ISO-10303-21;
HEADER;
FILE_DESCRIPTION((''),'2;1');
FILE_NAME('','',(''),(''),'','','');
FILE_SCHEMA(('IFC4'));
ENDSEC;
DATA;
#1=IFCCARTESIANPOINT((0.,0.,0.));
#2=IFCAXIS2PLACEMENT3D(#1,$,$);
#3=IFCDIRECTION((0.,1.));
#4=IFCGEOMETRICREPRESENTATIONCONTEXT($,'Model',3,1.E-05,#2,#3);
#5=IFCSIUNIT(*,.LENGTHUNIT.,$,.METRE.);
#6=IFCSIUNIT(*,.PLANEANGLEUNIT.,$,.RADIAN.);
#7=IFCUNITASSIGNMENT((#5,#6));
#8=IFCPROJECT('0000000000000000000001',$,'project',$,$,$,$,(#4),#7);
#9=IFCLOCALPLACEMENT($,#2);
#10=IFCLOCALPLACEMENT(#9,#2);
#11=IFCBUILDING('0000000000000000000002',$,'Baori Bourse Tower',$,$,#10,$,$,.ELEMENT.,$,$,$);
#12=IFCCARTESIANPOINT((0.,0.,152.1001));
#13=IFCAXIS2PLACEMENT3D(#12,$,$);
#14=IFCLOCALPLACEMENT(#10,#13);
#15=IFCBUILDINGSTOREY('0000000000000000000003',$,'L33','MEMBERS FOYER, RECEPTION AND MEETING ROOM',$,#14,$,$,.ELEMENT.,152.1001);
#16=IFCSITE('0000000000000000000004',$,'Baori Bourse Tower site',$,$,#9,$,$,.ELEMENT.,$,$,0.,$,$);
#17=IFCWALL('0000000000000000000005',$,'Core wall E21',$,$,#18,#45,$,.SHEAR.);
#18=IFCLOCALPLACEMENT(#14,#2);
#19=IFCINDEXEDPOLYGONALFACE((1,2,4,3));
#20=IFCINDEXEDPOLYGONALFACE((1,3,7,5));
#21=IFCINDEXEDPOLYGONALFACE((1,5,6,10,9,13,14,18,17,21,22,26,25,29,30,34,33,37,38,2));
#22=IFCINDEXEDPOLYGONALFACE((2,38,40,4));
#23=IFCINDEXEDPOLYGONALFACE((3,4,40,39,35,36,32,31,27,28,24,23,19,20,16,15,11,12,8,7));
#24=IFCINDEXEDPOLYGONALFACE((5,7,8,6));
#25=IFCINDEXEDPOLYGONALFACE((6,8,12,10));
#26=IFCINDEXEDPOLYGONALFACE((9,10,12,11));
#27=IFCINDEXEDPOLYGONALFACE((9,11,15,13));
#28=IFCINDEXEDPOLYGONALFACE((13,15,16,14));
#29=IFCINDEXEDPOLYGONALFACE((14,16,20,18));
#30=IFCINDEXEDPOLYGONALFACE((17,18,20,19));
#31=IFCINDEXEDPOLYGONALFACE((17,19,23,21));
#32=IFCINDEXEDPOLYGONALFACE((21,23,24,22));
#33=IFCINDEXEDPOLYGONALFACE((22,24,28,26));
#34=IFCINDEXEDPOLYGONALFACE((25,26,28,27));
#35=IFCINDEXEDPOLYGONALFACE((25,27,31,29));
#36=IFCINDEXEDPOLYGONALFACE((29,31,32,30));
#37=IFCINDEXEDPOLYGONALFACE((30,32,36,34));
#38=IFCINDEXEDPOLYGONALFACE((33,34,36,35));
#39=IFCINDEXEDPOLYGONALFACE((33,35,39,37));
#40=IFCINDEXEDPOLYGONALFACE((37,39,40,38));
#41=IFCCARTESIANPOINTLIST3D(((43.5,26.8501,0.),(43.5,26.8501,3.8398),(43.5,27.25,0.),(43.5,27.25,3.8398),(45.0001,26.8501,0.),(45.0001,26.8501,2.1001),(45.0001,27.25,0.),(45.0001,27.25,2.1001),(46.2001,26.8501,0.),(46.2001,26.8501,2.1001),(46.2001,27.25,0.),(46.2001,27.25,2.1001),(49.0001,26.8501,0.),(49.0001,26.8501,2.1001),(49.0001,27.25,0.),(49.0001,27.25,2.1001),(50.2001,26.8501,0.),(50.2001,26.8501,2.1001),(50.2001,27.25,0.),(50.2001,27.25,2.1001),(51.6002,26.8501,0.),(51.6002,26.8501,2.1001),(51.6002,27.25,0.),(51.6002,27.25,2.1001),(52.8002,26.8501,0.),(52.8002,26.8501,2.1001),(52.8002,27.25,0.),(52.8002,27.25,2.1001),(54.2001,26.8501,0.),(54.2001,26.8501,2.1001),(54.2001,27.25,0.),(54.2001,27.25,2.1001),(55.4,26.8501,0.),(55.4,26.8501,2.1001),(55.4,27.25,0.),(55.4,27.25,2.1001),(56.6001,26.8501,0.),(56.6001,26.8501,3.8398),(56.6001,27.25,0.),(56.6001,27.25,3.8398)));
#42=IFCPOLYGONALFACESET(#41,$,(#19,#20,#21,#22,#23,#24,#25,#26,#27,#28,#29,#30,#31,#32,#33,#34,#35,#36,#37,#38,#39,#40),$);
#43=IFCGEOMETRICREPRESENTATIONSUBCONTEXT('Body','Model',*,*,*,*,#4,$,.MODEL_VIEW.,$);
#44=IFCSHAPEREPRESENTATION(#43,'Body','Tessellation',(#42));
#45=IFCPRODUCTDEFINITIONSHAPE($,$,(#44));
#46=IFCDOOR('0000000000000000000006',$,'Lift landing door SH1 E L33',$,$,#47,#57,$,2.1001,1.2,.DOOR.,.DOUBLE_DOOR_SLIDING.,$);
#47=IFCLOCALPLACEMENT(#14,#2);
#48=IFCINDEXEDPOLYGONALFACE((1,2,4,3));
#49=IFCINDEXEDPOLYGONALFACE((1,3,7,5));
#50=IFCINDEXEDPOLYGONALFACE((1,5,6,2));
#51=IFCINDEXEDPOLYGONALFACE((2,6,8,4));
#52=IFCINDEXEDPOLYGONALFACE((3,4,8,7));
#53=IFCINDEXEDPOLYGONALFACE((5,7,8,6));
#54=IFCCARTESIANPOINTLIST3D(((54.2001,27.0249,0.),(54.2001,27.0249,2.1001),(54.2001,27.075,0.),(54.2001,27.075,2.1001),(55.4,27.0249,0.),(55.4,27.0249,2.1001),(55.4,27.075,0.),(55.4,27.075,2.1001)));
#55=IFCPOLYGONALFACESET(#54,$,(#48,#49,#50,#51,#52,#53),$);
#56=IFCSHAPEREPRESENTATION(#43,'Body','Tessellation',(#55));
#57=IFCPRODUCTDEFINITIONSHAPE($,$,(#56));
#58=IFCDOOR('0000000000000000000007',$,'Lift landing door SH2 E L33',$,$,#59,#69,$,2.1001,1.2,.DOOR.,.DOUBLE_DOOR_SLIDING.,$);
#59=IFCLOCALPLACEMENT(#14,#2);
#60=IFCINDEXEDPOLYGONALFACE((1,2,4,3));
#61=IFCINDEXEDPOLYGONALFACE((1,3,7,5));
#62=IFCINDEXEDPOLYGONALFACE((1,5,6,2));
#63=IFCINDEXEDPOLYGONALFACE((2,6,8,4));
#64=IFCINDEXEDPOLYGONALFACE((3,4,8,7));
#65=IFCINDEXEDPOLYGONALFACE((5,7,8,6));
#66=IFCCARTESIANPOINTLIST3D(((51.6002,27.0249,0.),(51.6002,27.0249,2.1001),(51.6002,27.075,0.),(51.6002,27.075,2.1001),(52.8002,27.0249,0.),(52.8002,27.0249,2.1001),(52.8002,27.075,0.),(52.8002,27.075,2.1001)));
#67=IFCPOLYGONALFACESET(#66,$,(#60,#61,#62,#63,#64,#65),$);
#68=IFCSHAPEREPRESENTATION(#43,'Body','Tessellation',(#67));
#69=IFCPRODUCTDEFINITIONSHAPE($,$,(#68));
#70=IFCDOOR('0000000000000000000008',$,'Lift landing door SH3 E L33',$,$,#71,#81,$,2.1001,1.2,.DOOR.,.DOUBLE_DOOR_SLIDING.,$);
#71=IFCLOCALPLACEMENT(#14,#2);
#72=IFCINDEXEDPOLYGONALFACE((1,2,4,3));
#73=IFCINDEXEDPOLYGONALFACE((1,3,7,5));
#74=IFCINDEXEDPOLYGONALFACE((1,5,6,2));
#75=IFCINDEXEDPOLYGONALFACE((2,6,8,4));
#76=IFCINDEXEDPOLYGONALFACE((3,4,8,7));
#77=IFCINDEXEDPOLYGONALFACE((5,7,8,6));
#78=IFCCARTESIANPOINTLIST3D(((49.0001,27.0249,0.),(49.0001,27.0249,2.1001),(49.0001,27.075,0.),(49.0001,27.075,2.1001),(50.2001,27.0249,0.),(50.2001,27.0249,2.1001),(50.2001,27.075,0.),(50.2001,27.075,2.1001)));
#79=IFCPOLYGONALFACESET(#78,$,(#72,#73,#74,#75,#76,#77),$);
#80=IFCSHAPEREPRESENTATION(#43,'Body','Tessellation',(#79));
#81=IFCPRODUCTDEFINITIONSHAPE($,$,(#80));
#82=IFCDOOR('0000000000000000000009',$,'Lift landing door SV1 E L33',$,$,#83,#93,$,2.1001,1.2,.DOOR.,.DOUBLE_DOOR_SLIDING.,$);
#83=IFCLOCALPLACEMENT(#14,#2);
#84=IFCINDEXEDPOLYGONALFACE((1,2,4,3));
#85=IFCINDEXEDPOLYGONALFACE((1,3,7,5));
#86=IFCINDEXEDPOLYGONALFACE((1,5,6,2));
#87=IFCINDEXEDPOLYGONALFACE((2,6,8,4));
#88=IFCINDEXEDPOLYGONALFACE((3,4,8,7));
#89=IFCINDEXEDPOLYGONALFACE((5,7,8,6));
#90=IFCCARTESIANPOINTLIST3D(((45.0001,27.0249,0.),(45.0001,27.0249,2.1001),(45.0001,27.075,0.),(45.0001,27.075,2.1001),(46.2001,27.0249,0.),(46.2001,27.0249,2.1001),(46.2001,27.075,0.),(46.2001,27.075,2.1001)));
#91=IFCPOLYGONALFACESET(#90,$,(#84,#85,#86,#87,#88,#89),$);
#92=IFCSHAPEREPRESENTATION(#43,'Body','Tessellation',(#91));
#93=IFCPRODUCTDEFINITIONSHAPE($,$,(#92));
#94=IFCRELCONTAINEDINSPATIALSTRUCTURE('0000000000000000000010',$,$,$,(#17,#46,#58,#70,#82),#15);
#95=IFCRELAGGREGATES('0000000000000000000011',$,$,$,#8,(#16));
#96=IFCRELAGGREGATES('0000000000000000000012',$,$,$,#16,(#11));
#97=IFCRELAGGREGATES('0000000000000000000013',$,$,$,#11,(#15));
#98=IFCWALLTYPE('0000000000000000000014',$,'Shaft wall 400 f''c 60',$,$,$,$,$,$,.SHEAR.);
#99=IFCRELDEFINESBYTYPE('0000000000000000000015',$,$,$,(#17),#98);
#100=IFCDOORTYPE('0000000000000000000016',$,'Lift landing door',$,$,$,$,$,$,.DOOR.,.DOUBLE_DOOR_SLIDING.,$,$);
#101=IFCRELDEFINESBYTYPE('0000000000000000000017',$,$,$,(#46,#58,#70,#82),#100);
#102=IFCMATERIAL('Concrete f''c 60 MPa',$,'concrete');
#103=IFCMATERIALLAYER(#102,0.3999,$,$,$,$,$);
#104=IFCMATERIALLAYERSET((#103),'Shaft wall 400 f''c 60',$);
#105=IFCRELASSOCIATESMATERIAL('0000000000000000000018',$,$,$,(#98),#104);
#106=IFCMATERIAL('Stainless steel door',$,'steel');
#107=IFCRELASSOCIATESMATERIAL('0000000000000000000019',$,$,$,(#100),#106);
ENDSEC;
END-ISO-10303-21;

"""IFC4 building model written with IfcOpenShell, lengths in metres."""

from ifc_helpers import new_model, si_unit, direction, frame, frame_2d, origin, place, context, subcontext, project, spatial, rectangle, extrude, material, layer, layer_set, type_object, element, fill, save


model = new_model("IFC4")

# Units and contexts
model_context = context("Model", 3, precision=1e-05, world=origin(), true_north=direction((0.0, 1.0)))
body_context = subcontext(model_context, "Body", "Model", "MODEL_VIEW")
ifc_project = project(units=[si_unit("LENGTHUNIT", "METRE"), si_unit("PLANEANGLEUNIT", "RADIAN")], contexts=[model_context])

# Site, building, storey
site_placement = place(None, origin())
site = spatial("IfcSite", under=ifc_project, at=site_placement, Name="Baori Bourse Tower site", CompositionType="ELEMENT", RefElevation=0.0)
building_placement = place(site_placement, origin())
building = spatial("IfcBuilding", under=site, at=building_placement, Name="Baori Bourse Tower", CompositionType="ELEMENT")
storey_placement = place(building_placement, frame((0.0, 0.0, 152.1001)))
storey = spatial("IfcBuildingStorey", under=building, at=storey_placement, Name="L33", Description="MEMBERS FOYER, RECEPTION AND MEETING ROOM", CompositionType="ELEMENT", Elevation=152.1001)

# Wall, openings, doors
ifc_material_1 = material(Name="Concrete f'c 60 MPa", Category="concrete")
ifc_layer_1 = layer(ifc_material_1, 0.3999)
ifc_layer_set_1 = layer_set([ifc_layer_1], Name="Shaft wall 400 f'c 60")
wall_type_1 = type_object("IfcWallType", Name="Shaft wall 400 f'c 60", PredefinedType="SHEAR", material=ifc_layer_set_1)
wall_1_placement = place(storey_placement, frame((43.5, 27.05, 0.0), z_axis=(0.0, 0.0, 1.0), x_axis=(1.0, 0.0, 0.0)))
wall_1 = element("IfcWall", 1, at=wall_1_placement, inside=storey, type_object=wall_type_1, Name="Core wall E21", PredefinedType="SHEAR", context=body_context, shape_type="SweptSolid", body=[
    extrude(rectangle(XDim=13.1001, YDim=0.3999, at=frame_2d((6.55, 0.0))), origin(), (0.0, 0.0, 1.0), 3.8398),
])
opening_1_placement = place(wall_1_placement, frame((10.7, 0.0, 0.0)))
opening_1 = element("IfcOpeningElement", 2, at=opening_1_placement, cuts=wall_1, PredefinedType="OPENING", context=body_context, shape_type="SweptSolid", body=[
    extrude(rectangle(XDim=1.2, YDim=2.1001, at=frame_2d((0.6001, 1.05))), frame((0.0, 0.21, 0.0), z_axis=(0.0, -1.0, 0.0), x_axis=(1.0, 0.0, 0.0)), (0.0, 0.0, 1.0), 0.4199),
])
opening_2_placement = place(wall_1_placement, frame((8.1001, 0.0, 0.0)))
opening_2 = element("IfcOpeningElement", 3, at=opening_2_placement, cuts=wall_1, PredefinedType="OPENING", context=body_context, shape_type="SweptSolid", body=[
    extrude(rectangle(XDim=1.2, YDim=2.1001, at=frame_2d((0.6001, 1.05))), frame((0.0, 0.21, 0.0), z_axis=(0.0, -1.0, 0.0), x_axis=(1.0, 0.0, 0.0)), (0.0, 0.0, 1.0), 0.4199),
])
opening_3_placement = place(wall_1_placement, frame((5.5, 0.0, 0.0)))
opening_3 = element("IfcOpeningElement", 4, at=opening_3_placement, cuts=wall_1, PredefinedType="OPENING", context=body_context, shape_type="SweptSolid", body=[
    extrude(rectangle(XDim=1.2, YDim=2.1001, at=frame_2d((0.6001, 1.05))), frame((0.0, 0.21, 0.0), z_axis=(0.0, -1.0, 0.0), x_axis=(1.0, 0.0, 0.0)), (0.0, 0.0, 1.0), 0.4199),
])
opening_4_placement = place(wall_1_placement, frame((1.5, 0.0, 0.0)))
opening_4 = element("IfcOpeningElement", 5, at=opening_4_placement, cuts=wall_1, PredefinedType="OPENING", context=body_context, shape_type="SweptSolid", body=[
    extrude(rectangle(XDim=1.2, YDim=2.1001, at=frame_2d((0.6001, 1.05))), frame((0.0, 0.21, 0.0), z_axis=(0.0, -1.0, 0.0), x_axis=(1.0, 0.0, 0.0)), (0.0, 0.0, 1.0), 0.4199),
])
ifc_material_2 = material(Name="Stainless steel door", Category="steel")
door_type_1 = type_object("IfcDoorType", Name="Lift landing door", OperationType="DOUBLE_DOOR_SLIDING", PredefinedType="DOOR", material=ifc_material_2)
door_1_placement = place(opening_1_placement, origin())
door_1 = element("IfcDoor", 6, at=door_1_placement, inside=storey, type_object=door_type_1, Name="Lift landing door SH1 E L33", OperationType="DOUBLE_DOOR_SLIDING", OverallHeight=2.1001, OverallWidth=1.2, PredefinedType="DOOR", context=body_context, shape_type="SweptSolid", body=[
    extrude(rectangle(XDim=1.2, YDim=2.1001, at=frame_2d((0.6001, 1.05))), frame((0.0, 0.0249, 0.0), z_axis=(0.0, -1.0, 0.0), x_axis=(1.0, 0.0, 0.0)), (0.0, 0.0, 1.0), 0.05),
])
fill(opening_1, door_1)
door_2_placement = place(opening_2_placement, origin())
door_2 = element("IfcDoor", 7, at=door_2_placement, inside=storey, type_object=door_type_1, Name="Lift landing door SH2 E L33", OperationType="DOUBLE_DOOR_SLIDING", OverallHeight=2.1001, OverallWidth=1.2, PredefinedType="DOOR", context=body_context, shape_type="SweptSolid", body=[
    extrude(rectangle(XDim=1.2, YDim=2.1001, at=frame_2d((0.6001, 1.05))), frame((0.0, 0.0249, 0.0), z_axis=(0.0, -1.0, 0.0), x_axis=(1.0, 0.0, 0.0)), (0.0, 0.0, 1.0), 0.05),
])
fill(opening_2, door_2)
door_3_placement = place(opening_3_placement, origin())
door_3 = element("IfcDoor", 8, at=door_3_placement, inside=storey, type_object=door_type_1, Name="Lift landing door SH3 E L33", OperationType="DOUBLE_DOOR_SLIDING", OverallHeight=2.1001, OverallWidth=1.2, PredefinedType="DOOR", context=body_context, shape_type="SweptSolid", body=[
    extrude(rectangle(XDim=1.2, YDim=2.1001, at=frame_2d((0.6001, 1.05))), frame((0.0, 0.0249, 0.0), z_axis=(0.0, -1.0, 0.0), x_axis=(1.0, 0.0, 0.0)), (0.0, 0.0, 1.0), 0.05),
])
fill(opening_3, door_3)
door_4_placement = place(opening_4_placement, origin())
door_4 = element("IfcDoor", 9, at=door_4_placement, inside=storey, type_object=door_type_1, Name="Lift landing door SV1 E L33", OperationType="DOUBLE_DOOR_SLIDING", OverallHeight=2.1001, OverallWidth=1.2, PredefinedType="DOOR", context=body_context, shape_type="SweptSolid", body=[
    extrude(rectangle(XDim=1.2, YDim=2.1001, at=frame_2d((0.6001, 1.05))), frame((0.0, 0.0249, 0.0), z_axis=(0.0, -1.0, 0.0), x_axis=(1.0, 0.0, 0.0)), (0.0, 0.0, 1.0), 0.05),
])
fill(opening_4, door_4)

save(model, "model.ifc")
